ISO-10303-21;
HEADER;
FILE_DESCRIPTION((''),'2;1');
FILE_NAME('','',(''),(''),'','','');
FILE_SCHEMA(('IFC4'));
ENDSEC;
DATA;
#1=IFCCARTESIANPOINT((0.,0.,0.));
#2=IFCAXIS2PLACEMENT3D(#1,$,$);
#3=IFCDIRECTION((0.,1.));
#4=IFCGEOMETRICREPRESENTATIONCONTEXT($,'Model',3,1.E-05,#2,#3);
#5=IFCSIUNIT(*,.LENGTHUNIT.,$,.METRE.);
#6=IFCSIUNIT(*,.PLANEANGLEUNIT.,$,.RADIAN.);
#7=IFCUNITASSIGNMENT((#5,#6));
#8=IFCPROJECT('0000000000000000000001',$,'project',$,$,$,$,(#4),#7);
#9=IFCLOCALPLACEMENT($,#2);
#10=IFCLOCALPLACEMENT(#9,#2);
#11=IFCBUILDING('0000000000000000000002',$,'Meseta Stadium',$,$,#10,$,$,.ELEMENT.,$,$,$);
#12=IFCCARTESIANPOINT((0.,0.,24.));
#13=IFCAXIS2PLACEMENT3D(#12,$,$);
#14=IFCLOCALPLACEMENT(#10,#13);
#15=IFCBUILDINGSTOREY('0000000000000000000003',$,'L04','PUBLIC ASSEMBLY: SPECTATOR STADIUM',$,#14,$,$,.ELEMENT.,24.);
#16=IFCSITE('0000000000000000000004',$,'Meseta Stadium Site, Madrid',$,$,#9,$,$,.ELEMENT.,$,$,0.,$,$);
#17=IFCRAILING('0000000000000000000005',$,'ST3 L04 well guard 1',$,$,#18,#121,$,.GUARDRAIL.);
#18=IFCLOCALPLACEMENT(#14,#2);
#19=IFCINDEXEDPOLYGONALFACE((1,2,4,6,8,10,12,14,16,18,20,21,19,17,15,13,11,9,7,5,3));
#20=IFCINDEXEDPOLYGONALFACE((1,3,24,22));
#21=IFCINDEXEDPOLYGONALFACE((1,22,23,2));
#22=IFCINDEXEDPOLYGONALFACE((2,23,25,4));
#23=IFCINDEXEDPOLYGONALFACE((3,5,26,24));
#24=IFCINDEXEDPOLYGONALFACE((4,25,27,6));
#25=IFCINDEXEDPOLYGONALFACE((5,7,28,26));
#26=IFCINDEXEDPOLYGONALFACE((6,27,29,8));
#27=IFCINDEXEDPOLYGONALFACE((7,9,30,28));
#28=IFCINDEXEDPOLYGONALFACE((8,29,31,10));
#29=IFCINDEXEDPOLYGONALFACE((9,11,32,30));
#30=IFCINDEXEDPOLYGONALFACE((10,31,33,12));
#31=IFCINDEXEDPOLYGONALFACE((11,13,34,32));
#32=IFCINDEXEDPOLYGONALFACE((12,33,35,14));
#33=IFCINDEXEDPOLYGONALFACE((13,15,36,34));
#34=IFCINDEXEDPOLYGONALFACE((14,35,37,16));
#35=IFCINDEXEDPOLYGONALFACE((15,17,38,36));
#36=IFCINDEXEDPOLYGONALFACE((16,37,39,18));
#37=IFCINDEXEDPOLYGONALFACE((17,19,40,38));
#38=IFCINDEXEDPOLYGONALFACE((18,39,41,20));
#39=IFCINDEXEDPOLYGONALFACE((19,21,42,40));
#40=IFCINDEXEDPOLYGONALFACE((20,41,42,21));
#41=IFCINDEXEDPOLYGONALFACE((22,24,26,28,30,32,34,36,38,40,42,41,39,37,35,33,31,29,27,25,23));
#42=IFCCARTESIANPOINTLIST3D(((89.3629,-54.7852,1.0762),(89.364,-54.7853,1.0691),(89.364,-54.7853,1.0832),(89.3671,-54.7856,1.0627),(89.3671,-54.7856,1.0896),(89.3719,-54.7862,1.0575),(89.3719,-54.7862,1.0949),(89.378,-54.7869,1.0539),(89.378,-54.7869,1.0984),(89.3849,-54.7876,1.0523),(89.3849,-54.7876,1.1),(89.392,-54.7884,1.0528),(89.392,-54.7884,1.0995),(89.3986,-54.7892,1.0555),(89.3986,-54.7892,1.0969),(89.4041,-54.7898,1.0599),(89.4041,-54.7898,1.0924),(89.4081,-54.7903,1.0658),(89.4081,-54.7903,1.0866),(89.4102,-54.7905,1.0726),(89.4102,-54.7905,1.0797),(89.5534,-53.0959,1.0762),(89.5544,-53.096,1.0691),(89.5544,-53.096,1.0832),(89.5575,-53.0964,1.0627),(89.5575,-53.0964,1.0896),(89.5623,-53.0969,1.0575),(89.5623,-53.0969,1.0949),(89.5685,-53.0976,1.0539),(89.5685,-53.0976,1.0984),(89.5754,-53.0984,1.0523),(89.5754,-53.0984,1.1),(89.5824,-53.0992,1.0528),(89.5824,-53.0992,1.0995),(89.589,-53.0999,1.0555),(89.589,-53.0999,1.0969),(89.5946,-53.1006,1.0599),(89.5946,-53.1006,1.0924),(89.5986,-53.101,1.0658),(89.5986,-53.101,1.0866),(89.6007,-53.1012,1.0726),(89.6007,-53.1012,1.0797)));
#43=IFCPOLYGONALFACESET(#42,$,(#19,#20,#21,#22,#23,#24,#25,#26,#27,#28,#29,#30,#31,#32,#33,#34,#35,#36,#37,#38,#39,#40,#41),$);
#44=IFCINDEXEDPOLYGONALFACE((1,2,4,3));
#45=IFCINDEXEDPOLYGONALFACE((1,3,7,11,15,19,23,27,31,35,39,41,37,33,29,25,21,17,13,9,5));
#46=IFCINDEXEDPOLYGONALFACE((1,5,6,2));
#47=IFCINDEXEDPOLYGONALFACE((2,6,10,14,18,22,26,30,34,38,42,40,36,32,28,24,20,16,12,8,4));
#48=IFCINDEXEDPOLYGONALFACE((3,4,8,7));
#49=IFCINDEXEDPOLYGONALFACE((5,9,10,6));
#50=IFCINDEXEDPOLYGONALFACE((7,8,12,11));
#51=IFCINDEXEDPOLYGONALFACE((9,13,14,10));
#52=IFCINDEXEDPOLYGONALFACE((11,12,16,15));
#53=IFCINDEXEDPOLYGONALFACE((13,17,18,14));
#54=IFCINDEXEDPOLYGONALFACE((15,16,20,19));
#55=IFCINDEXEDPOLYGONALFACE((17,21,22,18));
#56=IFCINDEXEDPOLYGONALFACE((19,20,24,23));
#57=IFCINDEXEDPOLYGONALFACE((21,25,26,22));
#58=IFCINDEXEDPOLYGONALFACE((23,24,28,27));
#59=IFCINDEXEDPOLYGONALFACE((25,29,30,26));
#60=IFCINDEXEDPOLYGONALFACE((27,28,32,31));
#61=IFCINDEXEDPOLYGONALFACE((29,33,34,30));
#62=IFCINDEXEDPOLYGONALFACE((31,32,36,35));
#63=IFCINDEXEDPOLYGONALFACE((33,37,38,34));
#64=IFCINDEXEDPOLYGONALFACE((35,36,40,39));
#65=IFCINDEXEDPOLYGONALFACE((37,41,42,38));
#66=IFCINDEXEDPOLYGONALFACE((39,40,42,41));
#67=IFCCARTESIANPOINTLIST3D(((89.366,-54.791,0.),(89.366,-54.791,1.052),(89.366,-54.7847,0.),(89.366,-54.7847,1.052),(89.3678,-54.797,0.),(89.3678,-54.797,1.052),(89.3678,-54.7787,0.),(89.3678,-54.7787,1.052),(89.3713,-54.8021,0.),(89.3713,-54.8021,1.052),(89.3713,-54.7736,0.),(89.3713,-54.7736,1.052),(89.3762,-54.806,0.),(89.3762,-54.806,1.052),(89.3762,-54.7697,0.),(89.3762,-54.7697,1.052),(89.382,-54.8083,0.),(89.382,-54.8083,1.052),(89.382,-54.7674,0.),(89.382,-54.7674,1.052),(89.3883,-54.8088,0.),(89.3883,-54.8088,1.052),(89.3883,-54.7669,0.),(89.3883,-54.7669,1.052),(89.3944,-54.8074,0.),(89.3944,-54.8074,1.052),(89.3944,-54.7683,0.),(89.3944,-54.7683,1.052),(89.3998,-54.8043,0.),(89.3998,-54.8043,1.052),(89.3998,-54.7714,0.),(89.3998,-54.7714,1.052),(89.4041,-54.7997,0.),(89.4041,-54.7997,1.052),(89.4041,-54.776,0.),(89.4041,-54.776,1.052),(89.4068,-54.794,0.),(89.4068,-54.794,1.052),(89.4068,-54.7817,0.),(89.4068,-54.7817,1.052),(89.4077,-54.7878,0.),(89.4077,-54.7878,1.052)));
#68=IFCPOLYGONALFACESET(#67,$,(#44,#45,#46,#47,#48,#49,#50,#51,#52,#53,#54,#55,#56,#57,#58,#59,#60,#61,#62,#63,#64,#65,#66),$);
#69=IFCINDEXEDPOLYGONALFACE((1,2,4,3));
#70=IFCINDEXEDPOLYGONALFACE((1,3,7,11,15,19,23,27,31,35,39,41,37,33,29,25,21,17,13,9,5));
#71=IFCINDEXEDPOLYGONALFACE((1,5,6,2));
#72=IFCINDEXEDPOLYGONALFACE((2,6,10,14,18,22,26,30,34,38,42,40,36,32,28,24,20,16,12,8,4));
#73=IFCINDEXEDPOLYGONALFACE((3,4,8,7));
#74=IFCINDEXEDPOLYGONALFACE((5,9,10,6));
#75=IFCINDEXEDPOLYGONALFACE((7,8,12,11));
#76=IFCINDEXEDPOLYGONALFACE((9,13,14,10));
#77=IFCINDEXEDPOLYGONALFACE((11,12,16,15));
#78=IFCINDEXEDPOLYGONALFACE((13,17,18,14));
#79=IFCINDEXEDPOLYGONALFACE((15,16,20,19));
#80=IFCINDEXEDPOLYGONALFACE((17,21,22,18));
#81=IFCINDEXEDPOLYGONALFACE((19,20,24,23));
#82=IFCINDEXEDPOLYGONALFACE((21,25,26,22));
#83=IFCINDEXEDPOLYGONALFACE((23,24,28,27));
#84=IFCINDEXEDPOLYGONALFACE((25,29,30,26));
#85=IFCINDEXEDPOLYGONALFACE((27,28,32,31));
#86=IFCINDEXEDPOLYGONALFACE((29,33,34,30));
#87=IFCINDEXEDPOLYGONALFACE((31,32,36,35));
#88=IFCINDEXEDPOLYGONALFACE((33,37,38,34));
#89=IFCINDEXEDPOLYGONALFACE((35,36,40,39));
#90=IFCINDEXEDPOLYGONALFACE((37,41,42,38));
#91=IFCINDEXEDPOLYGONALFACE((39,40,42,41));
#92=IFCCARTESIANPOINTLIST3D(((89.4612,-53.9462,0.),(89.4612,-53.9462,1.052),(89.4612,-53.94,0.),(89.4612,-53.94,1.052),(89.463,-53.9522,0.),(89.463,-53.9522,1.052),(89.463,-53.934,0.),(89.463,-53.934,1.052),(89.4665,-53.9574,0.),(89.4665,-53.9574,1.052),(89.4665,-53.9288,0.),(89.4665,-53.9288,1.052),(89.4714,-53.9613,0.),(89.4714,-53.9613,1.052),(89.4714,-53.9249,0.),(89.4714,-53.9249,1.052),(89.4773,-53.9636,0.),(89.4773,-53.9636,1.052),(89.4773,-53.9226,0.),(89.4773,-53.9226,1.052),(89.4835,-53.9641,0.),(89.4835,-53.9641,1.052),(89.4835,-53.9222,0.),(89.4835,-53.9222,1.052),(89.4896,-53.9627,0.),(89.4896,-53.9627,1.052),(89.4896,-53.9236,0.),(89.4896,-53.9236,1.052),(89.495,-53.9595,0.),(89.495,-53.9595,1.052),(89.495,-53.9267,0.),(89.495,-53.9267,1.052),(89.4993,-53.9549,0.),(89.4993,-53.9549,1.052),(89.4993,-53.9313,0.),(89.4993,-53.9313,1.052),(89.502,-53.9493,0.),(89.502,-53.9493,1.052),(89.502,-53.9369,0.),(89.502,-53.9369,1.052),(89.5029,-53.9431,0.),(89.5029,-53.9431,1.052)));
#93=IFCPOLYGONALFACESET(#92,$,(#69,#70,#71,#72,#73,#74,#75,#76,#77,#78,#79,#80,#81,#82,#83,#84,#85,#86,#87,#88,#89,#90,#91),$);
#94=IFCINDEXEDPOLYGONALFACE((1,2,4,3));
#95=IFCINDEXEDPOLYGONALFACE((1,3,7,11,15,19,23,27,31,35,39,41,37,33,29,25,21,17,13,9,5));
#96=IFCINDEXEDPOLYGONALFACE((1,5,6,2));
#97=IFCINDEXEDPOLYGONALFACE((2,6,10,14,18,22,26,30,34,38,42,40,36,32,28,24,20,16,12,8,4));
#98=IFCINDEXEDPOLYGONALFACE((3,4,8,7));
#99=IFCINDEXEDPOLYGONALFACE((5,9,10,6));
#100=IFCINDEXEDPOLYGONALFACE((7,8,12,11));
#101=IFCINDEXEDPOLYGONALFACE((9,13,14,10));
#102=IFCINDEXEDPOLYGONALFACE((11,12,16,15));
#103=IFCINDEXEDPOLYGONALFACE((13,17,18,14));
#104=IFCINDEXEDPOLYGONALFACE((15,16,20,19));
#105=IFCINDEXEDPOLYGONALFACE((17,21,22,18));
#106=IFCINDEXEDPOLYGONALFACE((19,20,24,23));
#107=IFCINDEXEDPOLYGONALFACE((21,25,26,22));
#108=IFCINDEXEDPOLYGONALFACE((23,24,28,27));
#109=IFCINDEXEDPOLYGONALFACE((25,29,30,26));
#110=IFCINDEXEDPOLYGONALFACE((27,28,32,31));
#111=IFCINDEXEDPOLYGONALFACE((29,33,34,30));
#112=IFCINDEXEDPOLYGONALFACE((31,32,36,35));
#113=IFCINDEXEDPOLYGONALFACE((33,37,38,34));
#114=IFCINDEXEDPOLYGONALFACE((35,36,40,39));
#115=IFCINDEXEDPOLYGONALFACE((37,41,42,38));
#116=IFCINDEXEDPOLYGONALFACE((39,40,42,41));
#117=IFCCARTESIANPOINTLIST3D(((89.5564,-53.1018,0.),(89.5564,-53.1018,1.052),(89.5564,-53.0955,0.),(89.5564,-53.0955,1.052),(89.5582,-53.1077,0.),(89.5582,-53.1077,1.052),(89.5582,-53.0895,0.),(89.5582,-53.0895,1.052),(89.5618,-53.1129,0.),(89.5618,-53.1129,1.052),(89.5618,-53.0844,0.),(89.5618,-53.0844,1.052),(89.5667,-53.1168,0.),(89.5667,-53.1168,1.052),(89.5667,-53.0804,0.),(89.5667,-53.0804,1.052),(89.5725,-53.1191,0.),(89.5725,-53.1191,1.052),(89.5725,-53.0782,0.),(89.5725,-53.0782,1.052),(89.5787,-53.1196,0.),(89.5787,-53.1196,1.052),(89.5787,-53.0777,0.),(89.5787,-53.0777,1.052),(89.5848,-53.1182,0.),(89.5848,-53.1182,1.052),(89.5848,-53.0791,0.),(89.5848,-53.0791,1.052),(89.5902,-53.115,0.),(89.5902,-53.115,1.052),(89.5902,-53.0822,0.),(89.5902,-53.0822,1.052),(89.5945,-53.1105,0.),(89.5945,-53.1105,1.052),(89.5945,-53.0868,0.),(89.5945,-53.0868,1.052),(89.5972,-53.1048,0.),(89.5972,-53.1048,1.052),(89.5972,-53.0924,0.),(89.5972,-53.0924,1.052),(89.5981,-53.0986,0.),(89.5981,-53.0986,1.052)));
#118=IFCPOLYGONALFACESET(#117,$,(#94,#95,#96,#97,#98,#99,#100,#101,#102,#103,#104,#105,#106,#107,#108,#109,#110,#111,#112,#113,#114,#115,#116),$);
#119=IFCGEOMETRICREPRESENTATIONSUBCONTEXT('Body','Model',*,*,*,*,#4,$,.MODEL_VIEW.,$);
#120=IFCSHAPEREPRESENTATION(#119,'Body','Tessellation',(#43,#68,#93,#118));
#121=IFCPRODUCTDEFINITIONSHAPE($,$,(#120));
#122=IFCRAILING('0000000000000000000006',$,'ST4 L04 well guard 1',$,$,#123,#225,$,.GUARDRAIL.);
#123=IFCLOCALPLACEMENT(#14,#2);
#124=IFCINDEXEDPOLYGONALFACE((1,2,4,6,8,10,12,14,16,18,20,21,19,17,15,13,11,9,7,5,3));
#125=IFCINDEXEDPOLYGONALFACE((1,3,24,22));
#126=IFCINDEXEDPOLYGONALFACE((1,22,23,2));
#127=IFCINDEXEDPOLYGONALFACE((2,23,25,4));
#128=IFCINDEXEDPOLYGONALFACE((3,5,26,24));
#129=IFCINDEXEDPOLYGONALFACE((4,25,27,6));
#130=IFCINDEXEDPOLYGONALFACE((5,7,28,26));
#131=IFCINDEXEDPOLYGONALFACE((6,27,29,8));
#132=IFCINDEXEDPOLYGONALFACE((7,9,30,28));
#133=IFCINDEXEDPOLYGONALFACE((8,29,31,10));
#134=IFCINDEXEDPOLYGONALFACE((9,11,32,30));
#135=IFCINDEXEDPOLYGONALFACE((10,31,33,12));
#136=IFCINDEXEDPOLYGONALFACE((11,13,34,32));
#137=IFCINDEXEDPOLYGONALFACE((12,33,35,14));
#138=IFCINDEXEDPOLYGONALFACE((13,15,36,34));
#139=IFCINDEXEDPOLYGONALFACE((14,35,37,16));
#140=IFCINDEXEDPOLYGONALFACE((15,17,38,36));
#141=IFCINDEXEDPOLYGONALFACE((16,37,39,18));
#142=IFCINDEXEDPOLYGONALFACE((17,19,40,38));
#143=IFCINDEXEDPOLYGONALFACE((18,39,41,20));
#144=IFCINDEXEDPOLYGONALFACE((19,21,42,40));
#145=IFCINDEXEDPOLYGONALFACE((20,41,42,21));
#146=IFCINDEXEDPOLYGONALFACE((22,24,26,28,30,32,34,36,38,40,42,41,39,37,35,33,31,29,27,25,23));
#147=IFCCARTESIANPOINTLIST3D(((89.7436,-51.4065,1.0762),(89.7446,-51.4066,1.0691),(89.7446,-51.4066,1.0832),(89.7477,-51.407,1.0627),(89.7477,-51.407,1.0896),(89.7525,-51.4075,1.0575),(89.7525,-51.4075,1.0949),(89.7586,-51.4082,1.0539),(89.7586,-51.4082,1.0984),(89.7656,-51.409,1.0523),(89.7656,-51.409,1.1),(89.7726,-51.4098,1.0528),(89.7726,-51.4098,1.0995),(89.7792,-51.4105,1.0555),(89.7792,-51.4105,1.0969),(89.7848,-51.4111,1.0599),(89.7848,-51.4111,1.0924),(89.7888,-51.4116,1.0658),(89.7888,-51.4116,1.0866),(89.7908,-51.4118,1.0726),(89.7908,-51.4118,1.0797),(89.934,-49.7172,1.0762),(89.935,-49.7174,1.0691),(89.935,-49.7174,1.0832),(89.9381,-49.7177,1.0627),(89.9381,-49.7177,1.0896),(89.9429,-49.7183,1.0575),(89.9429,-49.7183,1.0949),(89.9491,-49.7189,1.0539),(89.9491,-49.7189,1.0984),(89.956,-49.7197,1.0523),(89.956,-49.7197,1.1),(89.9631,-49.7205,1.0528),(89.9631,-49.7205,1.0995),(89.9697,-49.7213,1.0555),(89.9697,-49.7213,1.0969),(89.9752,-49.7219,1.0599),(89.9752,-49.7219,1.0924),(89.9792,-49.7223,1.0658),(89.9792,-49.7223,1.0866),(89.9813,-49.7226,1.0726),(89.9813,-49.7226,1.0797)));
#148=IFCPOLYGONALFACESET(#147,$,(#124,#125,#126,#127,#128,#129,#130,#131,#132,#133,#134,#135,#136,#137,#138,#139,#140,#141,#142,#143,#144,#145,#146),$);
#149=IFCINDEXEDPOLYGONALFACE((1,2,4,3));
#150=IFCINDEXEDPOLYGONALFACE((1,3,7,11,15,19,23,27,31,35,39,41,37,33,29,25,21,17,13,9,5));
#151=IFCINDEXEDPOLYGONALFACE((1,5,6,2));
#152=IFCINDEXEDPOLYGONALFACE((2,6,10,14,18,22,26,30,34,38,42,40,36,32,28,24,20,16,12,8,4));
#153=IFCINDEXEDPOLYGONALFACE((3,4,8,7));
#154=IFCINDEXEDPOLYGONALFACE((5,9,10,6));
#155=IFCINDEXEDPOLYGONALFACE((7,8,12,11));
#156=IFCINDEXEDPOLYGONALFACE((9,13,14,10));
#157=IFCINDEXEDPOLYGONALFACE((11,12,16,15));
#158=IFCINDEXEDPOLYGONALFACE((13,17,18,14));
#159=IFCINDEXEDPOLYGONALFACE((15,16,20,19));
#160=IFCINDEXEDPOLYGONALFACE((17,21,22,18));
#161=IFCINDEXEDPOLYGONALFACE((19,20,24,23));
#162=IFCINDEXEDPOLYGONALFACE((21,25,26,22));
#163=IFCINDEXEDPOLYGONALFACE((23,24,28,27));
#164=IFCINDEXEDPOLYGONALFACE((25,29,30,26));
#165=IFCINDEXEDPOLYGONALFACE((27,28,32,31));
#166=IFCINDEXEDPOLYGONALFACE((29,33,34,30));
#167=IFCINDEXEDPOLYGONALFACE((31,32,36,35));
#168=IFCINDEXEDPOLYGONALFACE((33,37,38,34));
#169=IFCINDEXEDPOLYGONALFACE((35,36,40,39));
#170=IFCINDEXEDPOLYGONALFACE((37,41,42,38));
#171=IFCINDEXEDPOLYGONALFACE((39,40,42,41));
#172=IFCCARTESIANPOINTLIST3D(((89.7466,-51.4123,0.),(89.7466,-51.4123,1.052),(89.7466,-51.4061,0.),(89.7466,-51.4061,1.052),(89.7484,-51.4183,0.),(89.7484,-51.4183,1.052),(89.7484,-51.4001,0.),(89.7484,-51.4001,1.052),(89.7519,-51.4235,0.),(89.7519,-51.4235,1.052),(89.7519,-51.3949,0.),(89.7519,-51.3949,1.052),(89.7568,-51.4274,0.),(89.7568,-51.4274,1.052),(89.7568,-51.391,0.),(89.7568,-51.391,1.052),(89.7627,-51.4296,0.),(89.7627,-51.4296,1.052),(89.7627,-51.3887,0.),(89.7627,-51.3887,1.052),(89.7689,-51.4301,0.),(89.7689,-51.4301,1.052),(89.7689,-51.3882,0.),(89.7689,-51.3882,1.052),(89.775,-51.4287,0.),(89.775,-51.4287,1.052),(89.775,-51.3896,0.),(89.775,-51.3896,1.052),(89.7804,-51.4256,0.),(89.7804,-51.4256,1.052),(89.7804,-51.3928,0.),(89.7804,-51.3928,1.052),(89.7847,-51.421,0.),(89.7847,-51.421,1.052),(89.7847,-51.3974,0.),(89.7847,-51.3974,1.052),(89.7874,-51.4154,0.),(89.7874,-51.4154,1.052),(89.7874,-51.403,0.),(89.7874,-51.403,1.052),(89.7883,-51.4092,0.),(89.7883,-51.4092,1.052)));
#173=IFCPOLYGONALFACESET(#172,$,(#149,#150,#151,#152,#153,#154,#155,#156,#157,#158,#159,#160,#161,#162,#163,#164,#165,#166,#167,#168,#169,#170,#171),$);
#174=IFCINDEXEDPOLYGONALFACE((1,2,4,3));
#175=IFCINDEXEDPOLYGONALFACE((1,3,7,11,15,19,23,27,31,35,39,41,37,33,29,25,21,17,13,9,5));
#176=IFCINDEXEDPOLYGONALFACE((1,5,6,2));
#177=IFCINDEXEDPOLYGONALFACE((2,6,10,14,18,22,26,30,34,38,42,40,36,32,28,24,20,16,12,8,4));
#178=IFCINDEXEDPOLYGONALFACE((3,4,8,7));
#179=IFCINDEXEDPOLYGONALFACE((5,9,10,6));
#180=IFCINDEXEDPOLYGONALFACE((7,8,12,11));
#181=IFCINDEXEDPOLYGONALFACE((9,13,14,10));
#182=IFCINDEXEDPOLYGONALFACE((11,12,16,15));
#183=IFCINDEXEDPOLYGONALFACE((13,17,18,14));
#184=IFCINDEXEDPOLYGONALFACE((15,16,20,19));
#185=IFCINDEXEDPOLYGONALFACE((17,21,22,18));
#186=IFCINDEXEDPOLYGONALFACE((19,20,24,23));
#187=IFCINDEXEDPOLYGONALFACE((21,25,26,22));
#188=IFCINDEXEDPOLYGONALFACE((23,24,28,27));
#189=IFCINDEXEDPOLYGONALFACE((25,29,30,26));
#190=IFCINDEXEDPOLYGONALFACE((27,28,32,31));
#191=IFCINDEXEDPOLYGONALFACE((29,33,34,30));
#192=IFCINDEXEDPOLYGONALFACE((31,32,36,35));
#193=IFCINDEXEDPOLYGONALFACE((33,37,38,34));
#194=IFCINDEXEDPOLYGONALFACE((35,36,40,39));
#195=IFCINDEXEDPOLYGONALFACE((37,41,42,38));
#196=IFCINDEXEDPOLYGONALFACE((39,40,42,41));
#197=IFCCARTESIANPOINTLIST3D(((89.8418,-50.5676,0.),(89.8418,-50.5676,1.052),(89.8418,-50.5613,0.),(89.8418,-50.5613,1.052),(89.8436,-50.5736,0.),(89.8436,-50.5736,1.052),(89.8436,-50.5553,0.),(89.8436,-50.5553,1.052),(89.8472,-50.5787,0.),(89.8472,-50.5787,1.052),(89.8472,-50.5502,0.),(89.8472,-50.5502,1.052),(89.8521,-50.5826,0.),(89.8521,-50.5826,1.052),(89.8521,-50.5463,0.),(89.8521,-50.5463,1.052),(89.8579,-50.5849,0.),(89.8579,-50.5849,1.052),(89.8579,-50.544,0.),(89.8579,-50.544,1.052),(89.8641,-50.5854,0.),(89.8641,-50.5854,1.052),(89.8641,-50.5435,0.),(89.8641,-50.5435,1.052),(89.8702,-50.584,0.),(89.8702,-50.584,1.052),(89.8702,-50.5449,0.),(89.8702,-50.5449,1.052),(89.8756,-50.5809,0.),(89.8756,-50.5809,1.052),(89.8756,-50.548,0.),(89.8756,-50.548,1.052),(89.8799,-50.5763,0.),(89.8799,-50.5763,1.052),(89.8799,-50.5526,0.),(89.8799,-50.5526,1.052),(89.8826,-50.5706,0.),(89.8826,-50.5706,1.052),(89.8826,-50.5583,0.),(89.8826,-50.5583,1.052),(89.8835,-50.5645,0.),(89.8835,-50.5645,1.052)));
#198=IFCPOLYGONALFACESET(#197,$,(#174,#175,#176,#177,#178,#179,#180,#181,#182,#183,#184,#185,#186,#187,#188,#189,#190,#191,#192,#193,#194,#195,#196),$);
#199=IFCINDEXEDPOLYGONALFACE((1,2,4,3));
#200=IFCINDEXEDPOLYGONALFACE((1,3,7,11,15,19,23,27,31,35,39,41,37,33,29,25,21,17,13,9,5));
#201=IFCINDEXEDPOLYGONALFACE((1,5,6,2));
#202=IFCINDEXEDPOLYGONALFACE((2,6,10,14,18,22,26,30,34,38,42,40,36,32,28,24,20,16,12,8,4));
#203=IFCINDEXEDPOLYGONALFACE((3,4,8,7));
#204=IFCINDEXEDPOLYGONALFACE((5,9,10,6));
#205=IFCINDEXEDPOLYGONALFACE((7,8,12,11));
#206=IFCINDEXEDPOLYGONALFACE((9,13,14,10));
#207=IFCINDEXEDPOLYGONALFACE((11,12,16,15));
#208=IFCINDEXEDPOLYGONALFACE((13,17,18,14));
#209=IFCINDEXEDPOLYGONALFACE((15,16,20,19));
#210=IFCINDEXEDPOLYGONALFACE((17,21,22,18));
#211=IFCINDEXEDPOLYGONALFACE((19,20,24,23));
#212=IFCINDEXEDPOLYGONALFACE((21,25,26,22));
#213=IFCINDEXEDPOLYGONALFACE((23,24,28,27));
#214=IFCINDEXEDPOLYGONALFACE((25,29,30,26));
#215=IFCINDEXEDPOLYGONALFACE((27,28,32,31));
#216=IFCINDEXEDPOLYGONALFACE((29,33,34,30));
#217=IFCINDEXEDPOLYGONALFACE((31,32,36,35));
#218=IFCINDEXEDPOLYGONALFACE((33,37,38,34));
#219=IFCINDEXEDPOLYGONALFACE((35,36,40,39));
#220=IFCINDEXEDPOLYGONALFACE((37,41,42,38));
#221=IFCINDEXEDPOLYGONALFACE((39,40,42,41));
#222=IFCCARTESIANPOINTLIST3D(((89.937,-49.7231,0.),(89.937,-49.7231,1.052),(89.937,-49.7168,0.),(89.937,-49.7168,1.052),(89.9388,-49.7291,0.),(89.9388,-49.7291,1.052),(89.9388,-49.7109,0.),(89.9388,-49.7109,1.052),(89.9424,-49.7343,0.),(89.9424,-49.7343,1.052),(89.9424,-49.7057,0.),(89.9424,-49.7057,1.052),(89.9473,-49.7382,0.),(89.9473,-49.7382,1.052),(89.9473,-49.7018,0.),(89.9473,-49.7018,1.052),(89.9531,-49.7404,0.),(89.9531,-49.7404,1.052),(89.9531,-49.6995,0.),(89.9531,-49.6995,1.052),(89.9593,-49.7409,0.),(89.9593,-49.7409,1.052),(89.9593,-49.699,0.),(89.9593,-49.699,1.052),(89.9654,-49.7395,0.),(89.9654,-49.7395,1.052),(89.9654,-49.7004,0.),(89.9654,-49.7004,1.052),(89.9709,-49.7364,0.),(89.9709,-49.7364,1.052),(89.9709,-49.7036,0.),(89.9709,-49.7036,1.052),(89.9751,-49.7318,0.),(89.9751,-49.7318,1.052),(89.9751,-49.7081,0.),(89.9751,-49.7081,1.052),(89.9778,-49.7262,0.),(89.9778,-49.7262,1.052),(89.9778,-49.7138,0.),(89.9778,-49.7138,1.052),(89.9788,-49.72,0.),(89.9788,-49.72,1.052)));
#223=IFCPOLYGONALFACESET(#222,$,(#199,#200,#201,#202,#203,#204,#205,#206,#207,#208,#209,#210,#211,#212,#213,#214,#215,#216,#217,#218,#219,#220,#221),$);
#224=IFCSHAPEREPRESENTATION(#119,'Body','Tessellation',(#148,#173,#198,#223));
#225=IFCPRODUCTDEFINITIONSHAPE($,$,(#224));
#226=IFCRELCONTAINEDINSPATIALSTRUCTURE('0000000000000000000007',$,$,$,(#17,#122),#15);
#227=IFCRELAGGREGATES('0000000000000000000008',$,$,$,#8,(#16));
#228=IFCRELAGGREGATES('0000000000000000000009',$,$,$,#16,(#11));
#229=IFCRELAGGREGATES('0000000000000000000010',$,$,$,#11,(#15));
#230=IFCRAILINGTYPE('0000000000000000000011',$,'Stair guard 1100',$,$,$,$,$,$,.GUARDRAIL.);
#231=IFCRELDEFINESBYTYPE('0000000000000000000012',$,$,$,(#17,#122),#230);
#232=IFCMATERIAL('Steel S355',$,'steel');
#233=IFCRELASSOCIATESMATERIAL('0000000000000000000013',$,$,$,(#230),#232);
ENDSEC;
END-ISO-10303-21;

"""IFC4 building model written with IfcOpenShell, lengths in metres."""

from ifc_helpers import new_model, si_unit, direction, frame, origin, origin_2d, place, context, subcontext, project, spatial, circle, extrude, material, type_object, element, save


model = new_model("IFC4")

# Units and contexts
model_context = context("Model", 3, precision=1e-05, world=origin(), true_north=direction((0.0, 1.0)))
body_context = subcontext(model_context, "Body", "Model", "MODEL_VIEW")
ifc_project = project(units=[si_unit("LENGTHUNIT", "METRE"), si_unit("PLANEANGLEUNIT", "RADIAN")], contexts=[model_context])

# Site, building, storey
site_placement = place(None, origin())
site = spatial("IfcSite", under=ifc_project, at=site_placement, Name="Meseta Stadium Site, Madrid", CompositionType="ELEMENT", RefElevation=0.0)
building_placement = place(site_placement, origin())
building = spatial("IfcBuilding", under=site, at=building_placement, Name="Meseta Stadium", CompositionType="ELEMENT")
storey_placement = place(building_placement, frame((0.0, 0.0, 24.0)))
storey = spatial("IfcBuildingStorey", under=building, at=storey_placement, Name="L04", Description="PUBLIC ASSEMBLY: SPECTATOR STADIUM", CompositionType="ELEMENT", Elevation=24.0)

# Railings
ifc_material_1 = material(Name="Steel S355", Category="steel")
railing_type = type_object("IfcRailingType", Name="Stair guard 1100", PredefinedType="GUARDRAIL", material=ifc_material_1)
for number, where, name in (
    (1, (89.3867, -54.7878, 0.0), "ST3 L04 well guard 1"),
    (2, (89.7673, -51.4092, 0.0), "ST4 L04 well guard 1"),
):
    element("IfcRailing", number, at=place(storey_placement, frame(where)), inside=storey, type_object=railing_type, Name=name, PredefinedType="GUARDRAIL", context=body_context, shape_type="SweptSolid", body=[
        extrude(circle(Radius=0.0239, at=origin_2d()), frame((0.0, 0.0, 1.0762), z_axis=(0.112023, 0.993706, 0.0), x_axis=(-0.993706, 0.112023, 0.0)), (0.0, 0.0, 1.0), 1.7),
        extrude(circle(Radius=0.021, at=origin_2d()), origin(), (0.0, 0.0, 1.0), 1.052),
        extrude(circle(Radius=0.021, at=origin_2d()), frame((0.0952, 0.8447, 0.0)), (0.0, 0.0, 1.0), 1.052),
        extrude(circle(Radius=0.021, at=origin_2d()), frame((0.1904, 1.6892, 0.0)), (0.0, 0.0, 1.0), 1.052),
    ])

save(model, "model.ifc")
